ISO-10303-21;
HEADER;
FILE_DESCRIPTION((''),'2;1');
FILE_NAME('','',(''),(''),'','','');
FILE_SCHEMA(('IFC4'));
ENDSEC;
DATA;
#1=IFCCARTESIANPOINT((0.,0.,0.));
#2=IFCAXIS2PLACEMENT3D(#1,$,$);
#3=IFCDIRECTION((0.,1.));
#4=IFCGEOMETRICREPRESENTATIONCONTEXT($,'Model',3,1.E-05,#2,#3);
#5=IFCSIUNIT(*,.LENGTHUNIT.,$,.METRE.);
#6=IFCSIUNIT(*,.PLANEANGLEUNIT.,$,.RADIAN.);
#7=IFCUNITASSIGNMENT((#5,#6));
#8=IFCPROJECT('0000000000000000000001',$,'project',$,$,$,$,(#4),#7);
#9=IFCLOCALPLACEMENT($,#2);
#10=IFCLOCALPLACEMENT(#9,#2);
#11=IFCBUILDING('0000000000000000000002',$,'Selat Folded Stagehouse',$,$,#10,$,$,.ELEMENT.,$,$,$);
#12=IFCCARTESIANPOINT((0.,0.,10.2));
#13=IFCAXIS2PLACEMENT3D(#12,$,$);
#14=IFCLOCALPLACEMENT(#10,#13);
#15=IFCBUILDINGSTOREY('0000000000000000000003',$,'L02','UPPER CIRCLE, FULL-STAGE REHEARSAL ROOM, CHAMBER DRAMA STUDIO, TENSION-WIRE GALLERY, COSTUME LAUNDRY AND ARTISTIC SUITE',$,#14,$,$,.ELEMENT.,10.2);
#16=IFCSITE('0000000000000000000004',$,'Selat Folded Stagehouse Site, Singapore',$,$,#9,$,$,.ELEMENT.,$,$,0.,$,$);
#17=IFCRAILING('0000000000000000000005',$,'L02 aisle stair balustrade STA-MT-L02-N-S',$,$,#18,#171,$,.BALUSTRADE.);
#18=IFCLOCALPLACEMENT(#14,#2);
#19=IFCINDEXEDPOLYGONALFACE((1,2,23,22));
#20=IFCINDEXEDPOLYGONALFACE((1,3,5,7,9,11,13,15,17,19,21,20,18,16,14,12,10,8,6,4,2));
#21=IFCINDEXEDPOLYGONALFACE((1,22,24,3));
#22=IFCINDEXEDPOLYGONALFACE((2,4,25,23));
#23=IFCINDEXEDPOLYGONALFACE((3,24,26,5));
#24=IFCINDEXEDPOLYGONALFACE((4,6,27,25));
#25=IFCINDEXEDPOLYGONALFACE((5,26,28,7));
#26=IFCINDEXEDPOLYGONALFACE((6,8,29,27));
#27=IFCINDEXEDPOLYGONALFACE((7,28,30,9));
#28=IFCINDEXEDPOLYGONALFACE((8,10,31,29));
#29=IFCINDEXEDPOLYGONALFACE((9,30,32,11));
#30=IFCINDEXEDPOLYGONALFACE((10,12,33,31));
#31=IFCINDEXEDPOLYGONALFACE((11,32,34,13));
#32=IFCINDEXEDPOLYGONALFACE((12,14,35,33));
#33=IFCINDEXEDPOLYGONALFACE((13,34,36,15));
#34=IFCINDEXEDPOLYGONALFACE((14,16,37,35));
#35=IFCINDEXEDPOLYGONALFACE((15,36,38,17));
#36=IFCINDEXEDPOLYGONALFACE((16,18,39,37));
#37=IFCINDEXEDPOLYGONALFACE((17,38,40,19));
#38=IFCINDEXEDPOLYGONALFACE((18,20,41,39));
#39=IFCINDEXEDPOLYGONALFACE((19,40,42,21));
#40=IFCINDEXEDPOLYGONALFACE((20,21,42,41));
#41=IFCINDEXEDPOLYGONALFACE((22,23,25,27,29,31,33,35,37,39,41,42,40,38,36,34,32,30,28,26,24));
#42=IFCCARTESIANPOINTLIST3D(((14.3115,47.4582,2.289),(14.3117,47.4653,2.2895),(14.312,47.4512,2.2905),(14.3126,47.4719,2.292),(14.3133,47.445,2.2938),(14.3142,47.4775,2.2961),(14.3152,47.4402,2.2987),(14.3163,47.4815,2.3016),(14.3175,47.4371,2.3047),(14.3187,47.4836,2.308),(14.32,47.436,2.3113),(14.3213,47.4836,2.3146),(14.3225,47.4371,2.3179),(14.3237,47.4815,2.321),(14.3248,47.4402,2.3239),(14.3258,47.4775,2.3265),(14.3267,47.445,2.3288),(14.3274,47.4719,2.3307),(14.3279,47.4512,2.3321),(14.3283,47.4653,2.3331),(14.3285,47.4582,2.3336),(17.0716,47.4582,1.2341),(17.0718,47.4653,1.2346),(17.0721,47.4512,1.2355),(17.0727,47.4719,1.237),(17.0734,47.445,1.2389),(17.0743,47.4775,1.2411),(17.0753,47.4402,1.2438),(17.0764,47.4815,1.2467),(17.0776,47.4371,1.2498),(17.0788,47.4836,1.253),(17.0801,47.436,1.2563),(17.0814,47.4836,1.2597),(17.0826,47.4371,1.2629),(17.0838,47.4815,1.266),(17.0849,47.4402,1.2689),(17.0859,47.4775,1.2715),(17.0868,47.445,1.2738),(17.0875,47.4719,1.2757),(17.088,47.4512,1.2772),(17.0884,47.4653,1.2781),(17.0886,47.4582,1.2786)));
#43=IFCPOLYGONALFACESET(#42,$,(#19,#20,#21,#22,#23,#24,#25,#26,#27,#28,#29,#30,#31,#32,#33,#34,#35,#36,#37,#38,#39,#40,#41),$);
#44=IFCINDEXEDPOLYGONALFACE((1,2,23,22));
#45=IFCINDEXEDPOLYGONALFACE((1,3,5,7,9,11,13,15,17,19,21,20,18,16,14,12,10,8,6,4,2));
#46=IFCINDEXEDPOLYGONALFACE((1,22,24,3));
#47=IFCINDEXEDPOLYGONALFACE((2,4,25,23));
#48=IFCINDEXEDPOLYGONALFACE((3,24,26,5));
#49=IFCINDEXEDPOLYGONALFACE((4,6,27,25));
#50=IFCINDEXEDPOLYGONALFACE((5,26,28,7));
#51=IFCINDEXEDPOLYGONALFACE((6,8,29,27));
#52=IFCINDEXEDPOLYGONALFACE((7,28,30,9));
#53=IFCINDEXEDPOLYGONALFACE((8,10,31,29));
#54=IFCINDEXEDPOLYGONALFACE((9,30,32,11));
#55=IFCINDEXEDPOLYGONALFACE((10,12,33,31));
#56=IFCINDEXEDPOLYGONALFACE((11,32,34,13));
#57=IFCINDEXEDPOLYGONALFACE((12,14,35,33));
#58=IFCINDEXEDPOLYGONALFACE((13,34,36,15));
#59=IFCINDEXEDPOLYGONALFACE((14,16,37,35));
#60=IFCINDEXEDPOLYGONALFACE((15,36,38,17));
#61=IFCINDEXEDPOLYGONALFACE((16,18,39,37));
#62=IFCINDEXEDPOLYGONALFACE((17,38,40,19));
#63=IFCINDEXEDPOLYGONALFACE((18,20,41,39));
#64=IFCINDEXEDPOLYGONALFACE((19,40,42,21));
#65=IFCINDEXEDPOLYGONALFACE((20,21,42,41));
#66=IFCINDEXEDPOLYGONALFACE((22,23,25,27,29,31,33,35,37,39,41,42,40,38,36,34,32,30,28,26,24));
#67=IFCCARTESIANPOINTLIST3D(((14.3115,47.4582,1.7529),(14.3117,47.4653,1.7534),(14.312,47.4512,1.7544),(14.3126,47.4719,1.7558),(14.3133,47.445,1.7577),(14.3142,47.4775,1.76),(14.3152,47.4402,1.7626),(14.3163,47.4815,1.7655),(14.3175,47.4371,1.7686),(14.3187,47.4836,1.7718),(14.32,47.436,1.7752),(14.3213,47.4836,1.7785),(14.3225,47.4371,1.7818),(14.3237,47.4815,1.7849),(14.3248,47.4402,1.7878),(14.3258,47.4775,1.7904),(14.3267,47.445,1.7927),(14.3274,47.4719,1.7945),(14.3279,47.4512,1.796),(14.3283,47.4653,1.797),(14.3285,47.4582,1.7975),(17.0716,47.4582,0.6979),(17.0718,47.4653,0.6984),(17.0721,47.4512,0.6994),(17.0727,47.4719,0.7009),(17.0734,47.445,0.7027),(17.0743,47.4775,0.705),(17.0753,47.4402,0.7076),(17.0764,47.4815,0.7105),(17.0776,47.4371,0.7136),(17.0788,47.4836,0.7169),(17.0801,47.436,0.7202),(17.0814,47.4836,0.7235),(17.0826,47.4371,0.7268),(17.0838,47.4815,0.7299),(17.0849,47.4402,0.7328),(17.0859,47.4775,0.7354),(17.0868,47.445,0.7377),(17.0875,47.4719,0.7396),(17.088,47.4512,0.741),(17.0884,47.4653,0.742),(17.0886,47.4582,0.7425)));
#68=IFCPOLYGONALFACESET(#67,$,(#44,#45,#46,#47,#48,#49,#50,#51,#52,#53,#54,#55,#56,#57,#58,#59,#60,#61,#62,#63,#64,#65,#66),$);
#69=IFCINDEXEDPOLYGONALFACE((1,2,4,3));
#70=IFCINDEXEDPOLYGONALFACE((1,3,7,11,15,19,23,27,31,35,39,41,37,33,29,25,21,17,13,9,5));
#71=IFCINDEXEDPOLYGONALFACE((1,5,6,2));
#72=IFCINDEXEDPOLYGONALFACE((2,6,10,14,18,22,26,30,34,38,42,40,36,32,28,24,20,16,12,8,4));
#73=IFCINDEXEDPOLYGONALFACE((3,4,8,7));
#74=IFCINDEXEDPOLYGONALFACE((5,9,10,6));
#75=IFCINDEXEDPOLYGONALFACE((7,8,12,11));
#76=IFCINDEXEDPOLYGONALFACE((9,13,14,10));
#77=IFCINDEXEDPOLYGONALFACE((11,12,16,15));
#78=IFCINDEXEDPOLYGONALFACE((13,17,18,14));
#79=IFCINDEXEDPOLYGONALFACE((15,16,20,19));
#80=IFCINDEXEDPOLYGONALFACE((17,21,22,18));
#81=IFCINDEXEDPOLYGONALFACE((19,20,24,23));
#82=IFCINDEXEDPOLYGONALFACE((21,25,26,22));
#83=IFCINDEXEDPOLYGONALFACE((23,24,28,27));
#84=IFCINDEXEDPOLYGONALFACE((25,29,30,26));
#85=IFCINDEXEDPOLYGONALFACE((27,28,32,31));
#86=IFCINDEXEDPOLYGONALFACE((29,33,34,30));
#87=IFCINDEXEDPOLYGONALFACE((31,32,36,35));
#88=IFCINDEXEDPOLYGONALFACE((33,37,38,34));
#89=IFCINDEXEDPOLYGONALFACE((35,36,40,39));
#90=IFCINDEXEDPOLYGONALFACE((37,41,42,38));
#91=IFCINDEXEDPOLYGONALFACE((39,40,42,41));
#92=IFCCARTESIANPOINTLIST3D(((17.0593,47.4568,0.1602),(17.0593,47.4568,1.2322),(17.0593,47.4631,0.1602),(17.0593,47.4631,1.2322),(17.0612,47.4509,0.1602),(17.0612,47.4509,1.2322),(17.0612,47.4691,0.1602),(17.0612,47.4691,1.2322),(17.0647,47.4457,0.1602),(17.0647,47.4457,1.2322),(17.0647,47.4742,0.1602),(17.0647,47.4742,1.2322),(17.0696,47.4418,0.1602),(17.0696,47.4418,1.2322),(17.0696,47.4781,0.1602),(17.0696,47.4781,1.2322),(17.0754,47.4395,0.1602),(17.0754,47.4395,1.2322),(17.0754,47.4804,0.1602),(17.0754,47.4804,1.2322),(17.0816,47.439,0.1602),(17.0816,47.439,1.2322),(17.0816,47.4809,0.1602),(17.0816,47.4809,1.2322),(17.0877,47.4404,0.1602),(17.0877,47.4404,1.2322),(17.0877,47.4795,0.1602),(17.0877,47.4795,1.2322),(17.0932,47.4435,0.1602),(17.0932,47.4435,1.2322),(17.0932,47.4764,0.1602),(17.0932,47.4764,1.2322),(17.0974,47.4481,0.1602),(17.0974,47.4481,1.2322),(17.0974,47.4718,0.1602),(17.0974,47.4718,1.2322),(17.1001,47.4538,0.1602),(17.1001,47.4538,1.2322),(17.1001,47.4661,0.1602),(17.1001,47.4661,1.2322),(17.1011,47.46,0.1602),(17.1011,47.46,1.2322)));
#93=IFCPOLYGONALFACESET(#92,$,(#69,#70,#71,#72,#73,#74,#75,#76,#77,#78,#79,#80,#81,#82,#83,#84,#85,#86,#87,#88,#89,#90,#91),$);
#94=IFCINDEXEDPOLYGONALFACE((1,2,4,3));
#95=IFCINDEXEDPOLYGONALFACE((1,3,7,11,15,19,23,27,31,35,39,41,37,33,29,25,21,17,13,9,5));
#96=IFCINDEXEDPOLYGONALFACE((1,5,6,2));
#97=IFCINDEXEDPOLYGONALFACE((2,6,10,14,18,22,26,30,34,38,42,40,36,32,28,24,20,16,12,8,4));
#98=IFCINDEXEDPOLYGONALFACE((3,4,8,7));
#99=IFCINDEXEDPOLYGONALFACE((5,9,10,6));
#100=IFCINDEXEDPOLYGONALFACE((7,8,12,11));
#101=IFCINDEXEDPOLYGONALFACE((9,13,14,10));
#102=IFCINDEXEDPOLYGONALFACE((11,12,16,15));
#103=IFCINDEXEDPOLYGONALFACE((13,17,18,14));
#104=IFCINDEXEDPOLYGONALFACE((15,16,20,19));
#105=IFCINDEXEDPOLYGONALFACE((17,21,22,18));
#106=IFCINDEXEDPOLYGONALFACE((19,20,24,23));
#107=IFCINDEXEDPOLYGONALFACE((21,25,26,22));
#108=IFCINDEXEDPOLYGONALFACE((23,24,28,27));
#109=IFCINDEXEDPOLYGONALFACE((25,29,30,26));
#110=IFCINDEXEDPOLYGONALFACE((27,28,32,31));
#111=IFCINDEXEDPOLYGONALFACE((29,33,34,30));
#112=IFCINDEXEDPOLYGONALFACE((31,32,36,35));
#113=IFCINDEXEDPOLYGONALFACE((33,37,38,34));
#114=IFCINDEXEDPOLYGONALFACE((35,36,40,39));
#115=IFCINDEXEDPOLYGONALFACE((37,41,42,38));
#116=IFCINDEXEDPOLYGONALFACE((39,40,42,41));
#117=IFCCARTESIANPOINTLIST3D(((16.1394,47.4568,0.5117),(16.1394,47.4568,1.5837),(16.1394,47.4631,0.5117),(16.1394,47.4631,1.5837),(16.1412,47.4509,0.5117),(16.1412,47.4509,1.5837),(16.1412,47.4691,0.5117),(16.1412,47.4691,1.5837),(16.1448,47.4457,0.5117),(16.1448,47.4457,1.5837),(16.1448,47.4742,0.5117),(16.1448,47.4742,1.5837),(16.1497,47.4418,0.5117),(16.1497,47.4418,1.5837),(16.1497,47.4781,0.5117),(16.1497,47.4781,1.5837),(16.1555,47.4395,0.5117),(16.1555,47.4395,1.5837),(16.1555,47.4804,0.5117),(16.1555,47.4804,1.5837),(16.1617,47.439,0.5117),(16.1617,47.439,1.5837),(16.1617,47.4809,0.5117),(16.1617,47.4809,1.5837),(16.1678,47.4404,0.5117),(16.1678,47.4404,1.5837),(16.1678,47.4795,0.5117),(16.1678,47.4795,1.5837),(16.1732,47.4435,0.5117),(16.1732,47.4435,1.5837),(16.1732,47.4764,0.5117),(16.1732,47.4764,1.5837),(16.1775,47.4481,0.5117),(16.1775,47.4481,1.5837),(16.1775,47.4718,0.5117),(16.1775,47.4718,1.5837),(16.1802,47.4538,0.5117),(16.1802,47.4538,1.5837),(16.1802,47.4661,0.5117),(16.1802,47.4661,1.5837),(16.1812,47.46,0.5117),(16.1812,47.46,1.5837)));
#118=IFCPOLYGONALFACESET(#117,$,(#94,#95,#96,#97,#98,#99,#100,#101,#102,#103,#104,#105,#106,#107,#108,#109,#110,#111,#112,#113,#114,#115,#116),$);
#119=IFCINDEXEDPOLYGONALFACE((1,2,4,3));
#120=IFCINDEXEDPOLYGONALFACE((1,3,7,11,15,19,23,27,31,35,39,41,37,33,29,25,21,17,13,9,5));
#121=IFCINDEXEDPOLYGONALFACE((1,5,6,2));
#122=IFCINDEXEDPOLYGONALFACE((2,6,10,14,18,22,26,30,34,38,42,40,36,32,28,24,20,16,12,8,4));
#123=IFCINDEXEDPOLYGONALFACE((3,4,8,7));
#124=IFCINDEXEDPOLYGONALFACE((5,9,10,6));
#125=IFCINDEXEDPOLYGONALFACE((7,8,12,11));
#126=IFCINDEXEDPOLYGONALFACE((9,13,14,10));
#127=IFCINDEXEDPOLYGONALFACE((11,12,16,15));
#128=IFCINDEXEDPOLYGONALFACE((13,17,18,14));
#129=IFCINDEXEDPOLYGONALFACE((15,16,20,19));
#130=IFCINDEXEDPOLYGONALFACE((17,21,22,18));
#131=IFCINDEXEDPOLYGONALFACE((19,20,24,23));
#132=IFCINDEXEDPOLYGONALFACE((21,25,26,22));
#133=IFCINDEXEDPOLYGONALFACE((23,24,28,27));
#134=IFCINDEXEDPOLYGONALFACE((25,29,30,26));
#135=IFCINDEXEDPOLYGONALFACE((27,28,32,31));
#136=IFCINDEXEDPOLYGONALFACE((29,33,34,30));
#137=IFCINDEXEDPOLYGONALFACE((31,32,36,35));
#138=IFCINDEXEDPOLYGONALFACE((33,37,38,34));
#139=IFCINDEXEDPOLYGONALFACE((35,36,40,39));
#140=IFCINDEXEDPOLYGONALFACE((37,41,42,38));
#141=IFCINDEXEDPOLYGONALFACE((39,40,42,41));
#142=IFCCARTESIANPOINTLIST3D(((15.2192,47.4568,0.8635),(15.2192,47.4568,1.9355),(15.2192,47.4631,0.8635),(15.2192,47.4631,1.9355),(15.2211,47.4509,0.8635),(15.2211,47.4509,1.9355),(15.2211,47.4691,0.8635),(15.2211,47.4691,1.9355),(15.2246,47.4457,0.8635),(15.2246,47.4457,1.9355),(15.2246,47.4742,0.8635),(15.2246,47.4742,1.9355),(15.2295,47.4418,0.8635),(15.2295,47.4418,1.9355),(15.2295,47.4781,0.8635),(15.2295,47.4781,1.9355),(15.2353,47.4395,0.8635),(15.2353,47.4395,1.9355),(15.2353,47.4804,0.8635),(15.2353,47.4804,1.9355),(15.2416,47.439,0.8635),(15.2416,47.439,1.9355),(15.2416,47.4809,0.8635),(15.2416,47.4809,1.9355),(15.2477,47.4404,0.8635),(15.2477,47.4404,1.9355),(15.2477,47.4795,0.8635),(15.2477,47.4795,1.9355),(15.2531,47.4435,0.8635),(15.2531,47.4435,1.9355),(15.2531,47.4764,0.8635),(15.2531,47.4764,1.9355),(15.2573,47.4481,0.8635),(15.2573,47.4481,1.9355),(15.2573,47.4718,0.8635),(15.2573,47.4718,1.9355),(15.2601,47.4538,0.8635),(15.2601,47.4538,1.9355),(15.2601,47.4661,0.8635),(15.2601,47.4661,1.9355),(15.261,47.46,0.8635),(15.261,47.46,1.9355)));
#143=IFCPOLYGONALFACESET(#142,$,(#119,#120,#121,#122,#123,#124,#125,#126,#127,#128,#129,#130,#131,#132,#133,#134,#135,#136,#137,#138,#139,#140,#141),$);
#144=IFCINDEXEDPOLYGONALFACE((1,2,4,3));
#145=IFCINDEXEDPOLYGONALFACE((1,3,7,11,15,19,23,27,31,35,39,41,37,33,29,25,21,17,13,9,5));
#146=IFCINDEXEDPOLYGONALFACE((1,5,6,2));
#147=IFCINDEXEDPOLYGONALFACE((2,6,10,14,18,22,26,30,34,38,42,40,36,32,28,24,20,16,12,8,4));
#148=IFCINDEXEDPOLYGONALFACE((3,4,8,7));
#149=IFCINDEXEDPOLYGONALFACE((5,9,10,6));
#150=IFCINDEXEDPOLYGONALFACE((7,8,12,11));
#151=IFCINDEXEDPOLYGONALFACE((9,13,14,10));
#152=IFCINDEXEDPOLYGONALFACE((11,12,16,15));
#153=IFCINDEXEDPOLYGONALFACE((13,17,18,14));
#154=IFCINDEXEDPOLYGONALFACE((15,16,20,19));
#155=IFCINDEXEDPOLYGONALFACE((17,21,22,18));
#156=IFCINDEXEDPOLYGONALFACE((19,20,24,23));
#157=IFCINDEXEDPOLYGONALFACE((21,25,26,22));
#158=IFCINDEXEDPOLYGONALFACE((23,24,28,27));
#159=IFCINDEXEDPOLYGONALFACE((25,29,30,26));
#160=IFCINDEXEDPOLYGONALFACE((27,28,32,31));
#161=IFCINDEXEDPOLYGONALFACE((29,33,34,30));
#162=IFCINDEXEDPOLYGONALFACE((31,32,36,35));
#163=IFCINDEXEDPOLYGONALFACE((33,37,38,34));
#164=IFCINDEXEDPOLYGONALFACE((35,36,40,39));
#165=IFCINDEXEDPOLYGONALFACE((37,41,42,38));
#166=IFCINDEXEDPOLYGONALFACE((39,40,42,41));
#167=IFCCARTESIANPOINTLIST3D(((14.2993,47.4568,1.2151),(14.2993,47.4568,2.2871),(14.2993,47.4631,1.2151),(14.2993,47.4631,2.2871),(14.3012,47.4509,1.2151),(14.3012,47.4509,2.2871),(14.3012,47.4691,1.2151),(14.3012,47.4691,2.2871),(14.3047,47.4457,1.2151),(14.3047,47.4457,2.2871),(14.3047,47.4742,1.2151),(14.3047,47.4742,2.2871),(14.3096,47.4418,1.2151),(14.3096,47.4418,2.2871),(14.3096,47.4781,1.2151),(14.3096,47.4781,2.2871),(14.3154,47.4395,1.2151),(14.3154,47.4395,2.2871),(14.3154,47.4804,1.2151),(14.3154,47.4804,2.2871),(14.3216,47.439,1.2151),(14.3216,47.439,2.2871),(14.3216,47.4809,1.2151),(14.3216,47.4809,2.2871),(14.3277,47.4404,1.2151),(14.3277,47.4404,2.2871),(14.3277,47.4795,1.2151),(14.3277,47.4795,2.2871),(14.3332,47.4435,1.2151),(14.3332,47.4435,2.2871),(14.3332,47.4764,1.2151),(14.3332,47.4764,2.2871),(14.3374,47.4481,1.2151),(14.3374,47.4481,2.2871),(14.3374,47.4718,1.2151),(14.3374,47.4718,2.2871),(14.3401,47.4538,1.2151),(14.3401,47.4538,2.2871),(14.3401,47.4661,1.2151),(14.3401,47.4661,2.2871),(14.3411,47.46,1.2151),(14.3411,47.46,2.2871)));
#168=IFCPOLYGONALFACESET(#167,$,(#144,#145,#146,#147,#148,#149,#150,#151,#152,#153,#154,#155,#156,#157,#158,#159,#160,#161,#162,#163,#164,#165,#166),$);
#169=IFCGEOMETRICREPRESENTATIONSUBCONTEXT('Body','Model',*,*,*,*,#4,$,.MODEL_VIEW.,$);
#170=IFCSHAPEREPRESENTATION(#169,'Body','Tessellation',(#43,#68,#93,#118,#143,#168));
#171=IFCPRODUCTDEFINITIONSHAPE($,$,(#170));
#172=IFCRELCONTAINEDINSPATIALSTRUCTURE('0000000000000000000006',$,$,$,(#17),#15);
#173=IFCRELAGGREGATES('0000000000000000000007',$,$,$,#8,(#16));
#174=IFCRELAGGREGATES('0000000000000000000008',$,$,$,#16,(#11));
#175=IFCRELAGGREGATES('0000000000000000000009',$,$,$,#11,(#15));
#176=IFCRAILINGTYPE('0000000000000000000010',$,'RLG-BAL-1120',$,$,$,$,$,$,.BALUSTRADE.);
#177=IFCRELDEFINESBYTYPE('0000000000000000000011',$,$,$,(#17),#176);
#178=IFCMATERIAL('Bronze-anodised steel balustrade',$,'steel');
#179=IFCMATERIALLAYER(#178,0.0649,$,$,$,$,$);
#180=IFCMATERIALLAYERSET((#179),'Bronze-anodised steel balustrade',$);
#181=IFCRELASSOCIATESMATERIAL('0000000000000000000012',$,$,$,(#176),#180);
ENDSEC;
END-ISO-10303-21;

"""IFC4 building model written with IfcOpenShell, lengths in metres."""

from ifc_helpers import new_model, si_unit, direction, frame, origin, origin_2d, place, context, subcontext, project, spatial, circle, extrude, material, layer, layer_set, type_object, element, save


model = new_model("IFC4")

# Units and contexts
model_context = context("Model", 3, precision=1e-05, world=origin(), true_north=direction((0.0, 1.0)))
body_context = subcontext(model_context, "Body", "Model", "MODEL_VIEW")
ifc_project = project(units=[si_unit("LENGTHUNIT", "METRE"), si_unit("PLANEANGLEUNIT", "RADIAN")], contexts=[model_context])

# Site, building, storey
site_placement = place(None, origin())
site = spatial("IfcSite", under=ifc_project, at=site_placement, Name="Selat Folded Stagehouse Site, Singapore", CompositionType="ELEMENT", RefElevation=0.0)
building_placement = place(site_placement, origin())
building = spatial("IfcBuilding", under=site, at=building_placement, Name="Selat Folded Stagehouse", CompositionType="ELEMENT")
storey_placement = place(building_placement, frame((0.0, 0.0, 10.2)))
storey = spatial("IfcBuildingStorey", under=building, at=storey_placement, Name="L02", Description="UPPER CIRCLE, FULL-STAGE REHEARSAL ROOM, CHAMBER DRAMA STUDIO, TENSION-WIRE GALLERY, COSTUME LAUNDRY AND ARTISTIC SUITE", CompositionType="ELEMENT", Elevation=10.2)

# Railing
ifc_material_1 = material(Name="Bronze-anodised steel balustrade", Category="steel")
ifc_layer_1 = layer(ifc_material_1, 0.0649)
ifc_layer_set_1 = layer_set([ifc_layer_1], Name="Bronze-anodised steel balustrade")
railing_type = type_object("IfcRailingType", Name="RLG-BAL-1120", PredefinedType="BALUSTRADE", material=ifc_layer_set_1)
for number, where, name in (
    (1, (17.0801, 47.46, 0.1602), "L02 aisle stair balustrade STA-MT-L02-N-S"),
):
    element("IfcRailing", number, at=place(storey_placement, frame(where)), inside=storey, type_object=railing_type, Name=name, PredefinedType="BALUSTRADE", context=body_context, shape_type="SweptSolid", body=[
        extrude(circle(Radius=0.0239, at=origin_2d()), frame((0.0, 0.0, 1.0962), z_axis=(-0.934093, 0.0, 0.357029), x_axis=(0.0, -1.0, 0.0)), (0.0, 0.0, 1.0), 2.9548),
        extrude(circle(Radius=0.0239, at=origin_2d()), frame((0.0, 0.0, 0.5601), z_axis=(-0.934093, 0.0, 0.357029), x_axis=(0.0, -1.0, 0.0)), (0.0, 0.0, 1.0), 2.9548),
        extrude(circle(Radius=0.021, at=origin_2d()), origin(), (0.0, 0.0, 1.0), 1.072),
        extrude(circle(Radius=0.021, at=origin_2d()), frame((-0.9199, 0.0, 0.3516)), (0.0, 0.0, 1.0), 1.072),
        extrude(circle(Radius=0.021, at=origin_2d()), frame((-1.8401, 0.0, 0.7034)), (0.0, 0.0, 1.0), 1.072),
        extrude(circle(Radius=0.021, at=origin_2d()), frame((-2.76, 0.0, 1.0549)), (0.0, 0.0, 1.0), 1.072),
    ])

save(model, "model.ifc")
